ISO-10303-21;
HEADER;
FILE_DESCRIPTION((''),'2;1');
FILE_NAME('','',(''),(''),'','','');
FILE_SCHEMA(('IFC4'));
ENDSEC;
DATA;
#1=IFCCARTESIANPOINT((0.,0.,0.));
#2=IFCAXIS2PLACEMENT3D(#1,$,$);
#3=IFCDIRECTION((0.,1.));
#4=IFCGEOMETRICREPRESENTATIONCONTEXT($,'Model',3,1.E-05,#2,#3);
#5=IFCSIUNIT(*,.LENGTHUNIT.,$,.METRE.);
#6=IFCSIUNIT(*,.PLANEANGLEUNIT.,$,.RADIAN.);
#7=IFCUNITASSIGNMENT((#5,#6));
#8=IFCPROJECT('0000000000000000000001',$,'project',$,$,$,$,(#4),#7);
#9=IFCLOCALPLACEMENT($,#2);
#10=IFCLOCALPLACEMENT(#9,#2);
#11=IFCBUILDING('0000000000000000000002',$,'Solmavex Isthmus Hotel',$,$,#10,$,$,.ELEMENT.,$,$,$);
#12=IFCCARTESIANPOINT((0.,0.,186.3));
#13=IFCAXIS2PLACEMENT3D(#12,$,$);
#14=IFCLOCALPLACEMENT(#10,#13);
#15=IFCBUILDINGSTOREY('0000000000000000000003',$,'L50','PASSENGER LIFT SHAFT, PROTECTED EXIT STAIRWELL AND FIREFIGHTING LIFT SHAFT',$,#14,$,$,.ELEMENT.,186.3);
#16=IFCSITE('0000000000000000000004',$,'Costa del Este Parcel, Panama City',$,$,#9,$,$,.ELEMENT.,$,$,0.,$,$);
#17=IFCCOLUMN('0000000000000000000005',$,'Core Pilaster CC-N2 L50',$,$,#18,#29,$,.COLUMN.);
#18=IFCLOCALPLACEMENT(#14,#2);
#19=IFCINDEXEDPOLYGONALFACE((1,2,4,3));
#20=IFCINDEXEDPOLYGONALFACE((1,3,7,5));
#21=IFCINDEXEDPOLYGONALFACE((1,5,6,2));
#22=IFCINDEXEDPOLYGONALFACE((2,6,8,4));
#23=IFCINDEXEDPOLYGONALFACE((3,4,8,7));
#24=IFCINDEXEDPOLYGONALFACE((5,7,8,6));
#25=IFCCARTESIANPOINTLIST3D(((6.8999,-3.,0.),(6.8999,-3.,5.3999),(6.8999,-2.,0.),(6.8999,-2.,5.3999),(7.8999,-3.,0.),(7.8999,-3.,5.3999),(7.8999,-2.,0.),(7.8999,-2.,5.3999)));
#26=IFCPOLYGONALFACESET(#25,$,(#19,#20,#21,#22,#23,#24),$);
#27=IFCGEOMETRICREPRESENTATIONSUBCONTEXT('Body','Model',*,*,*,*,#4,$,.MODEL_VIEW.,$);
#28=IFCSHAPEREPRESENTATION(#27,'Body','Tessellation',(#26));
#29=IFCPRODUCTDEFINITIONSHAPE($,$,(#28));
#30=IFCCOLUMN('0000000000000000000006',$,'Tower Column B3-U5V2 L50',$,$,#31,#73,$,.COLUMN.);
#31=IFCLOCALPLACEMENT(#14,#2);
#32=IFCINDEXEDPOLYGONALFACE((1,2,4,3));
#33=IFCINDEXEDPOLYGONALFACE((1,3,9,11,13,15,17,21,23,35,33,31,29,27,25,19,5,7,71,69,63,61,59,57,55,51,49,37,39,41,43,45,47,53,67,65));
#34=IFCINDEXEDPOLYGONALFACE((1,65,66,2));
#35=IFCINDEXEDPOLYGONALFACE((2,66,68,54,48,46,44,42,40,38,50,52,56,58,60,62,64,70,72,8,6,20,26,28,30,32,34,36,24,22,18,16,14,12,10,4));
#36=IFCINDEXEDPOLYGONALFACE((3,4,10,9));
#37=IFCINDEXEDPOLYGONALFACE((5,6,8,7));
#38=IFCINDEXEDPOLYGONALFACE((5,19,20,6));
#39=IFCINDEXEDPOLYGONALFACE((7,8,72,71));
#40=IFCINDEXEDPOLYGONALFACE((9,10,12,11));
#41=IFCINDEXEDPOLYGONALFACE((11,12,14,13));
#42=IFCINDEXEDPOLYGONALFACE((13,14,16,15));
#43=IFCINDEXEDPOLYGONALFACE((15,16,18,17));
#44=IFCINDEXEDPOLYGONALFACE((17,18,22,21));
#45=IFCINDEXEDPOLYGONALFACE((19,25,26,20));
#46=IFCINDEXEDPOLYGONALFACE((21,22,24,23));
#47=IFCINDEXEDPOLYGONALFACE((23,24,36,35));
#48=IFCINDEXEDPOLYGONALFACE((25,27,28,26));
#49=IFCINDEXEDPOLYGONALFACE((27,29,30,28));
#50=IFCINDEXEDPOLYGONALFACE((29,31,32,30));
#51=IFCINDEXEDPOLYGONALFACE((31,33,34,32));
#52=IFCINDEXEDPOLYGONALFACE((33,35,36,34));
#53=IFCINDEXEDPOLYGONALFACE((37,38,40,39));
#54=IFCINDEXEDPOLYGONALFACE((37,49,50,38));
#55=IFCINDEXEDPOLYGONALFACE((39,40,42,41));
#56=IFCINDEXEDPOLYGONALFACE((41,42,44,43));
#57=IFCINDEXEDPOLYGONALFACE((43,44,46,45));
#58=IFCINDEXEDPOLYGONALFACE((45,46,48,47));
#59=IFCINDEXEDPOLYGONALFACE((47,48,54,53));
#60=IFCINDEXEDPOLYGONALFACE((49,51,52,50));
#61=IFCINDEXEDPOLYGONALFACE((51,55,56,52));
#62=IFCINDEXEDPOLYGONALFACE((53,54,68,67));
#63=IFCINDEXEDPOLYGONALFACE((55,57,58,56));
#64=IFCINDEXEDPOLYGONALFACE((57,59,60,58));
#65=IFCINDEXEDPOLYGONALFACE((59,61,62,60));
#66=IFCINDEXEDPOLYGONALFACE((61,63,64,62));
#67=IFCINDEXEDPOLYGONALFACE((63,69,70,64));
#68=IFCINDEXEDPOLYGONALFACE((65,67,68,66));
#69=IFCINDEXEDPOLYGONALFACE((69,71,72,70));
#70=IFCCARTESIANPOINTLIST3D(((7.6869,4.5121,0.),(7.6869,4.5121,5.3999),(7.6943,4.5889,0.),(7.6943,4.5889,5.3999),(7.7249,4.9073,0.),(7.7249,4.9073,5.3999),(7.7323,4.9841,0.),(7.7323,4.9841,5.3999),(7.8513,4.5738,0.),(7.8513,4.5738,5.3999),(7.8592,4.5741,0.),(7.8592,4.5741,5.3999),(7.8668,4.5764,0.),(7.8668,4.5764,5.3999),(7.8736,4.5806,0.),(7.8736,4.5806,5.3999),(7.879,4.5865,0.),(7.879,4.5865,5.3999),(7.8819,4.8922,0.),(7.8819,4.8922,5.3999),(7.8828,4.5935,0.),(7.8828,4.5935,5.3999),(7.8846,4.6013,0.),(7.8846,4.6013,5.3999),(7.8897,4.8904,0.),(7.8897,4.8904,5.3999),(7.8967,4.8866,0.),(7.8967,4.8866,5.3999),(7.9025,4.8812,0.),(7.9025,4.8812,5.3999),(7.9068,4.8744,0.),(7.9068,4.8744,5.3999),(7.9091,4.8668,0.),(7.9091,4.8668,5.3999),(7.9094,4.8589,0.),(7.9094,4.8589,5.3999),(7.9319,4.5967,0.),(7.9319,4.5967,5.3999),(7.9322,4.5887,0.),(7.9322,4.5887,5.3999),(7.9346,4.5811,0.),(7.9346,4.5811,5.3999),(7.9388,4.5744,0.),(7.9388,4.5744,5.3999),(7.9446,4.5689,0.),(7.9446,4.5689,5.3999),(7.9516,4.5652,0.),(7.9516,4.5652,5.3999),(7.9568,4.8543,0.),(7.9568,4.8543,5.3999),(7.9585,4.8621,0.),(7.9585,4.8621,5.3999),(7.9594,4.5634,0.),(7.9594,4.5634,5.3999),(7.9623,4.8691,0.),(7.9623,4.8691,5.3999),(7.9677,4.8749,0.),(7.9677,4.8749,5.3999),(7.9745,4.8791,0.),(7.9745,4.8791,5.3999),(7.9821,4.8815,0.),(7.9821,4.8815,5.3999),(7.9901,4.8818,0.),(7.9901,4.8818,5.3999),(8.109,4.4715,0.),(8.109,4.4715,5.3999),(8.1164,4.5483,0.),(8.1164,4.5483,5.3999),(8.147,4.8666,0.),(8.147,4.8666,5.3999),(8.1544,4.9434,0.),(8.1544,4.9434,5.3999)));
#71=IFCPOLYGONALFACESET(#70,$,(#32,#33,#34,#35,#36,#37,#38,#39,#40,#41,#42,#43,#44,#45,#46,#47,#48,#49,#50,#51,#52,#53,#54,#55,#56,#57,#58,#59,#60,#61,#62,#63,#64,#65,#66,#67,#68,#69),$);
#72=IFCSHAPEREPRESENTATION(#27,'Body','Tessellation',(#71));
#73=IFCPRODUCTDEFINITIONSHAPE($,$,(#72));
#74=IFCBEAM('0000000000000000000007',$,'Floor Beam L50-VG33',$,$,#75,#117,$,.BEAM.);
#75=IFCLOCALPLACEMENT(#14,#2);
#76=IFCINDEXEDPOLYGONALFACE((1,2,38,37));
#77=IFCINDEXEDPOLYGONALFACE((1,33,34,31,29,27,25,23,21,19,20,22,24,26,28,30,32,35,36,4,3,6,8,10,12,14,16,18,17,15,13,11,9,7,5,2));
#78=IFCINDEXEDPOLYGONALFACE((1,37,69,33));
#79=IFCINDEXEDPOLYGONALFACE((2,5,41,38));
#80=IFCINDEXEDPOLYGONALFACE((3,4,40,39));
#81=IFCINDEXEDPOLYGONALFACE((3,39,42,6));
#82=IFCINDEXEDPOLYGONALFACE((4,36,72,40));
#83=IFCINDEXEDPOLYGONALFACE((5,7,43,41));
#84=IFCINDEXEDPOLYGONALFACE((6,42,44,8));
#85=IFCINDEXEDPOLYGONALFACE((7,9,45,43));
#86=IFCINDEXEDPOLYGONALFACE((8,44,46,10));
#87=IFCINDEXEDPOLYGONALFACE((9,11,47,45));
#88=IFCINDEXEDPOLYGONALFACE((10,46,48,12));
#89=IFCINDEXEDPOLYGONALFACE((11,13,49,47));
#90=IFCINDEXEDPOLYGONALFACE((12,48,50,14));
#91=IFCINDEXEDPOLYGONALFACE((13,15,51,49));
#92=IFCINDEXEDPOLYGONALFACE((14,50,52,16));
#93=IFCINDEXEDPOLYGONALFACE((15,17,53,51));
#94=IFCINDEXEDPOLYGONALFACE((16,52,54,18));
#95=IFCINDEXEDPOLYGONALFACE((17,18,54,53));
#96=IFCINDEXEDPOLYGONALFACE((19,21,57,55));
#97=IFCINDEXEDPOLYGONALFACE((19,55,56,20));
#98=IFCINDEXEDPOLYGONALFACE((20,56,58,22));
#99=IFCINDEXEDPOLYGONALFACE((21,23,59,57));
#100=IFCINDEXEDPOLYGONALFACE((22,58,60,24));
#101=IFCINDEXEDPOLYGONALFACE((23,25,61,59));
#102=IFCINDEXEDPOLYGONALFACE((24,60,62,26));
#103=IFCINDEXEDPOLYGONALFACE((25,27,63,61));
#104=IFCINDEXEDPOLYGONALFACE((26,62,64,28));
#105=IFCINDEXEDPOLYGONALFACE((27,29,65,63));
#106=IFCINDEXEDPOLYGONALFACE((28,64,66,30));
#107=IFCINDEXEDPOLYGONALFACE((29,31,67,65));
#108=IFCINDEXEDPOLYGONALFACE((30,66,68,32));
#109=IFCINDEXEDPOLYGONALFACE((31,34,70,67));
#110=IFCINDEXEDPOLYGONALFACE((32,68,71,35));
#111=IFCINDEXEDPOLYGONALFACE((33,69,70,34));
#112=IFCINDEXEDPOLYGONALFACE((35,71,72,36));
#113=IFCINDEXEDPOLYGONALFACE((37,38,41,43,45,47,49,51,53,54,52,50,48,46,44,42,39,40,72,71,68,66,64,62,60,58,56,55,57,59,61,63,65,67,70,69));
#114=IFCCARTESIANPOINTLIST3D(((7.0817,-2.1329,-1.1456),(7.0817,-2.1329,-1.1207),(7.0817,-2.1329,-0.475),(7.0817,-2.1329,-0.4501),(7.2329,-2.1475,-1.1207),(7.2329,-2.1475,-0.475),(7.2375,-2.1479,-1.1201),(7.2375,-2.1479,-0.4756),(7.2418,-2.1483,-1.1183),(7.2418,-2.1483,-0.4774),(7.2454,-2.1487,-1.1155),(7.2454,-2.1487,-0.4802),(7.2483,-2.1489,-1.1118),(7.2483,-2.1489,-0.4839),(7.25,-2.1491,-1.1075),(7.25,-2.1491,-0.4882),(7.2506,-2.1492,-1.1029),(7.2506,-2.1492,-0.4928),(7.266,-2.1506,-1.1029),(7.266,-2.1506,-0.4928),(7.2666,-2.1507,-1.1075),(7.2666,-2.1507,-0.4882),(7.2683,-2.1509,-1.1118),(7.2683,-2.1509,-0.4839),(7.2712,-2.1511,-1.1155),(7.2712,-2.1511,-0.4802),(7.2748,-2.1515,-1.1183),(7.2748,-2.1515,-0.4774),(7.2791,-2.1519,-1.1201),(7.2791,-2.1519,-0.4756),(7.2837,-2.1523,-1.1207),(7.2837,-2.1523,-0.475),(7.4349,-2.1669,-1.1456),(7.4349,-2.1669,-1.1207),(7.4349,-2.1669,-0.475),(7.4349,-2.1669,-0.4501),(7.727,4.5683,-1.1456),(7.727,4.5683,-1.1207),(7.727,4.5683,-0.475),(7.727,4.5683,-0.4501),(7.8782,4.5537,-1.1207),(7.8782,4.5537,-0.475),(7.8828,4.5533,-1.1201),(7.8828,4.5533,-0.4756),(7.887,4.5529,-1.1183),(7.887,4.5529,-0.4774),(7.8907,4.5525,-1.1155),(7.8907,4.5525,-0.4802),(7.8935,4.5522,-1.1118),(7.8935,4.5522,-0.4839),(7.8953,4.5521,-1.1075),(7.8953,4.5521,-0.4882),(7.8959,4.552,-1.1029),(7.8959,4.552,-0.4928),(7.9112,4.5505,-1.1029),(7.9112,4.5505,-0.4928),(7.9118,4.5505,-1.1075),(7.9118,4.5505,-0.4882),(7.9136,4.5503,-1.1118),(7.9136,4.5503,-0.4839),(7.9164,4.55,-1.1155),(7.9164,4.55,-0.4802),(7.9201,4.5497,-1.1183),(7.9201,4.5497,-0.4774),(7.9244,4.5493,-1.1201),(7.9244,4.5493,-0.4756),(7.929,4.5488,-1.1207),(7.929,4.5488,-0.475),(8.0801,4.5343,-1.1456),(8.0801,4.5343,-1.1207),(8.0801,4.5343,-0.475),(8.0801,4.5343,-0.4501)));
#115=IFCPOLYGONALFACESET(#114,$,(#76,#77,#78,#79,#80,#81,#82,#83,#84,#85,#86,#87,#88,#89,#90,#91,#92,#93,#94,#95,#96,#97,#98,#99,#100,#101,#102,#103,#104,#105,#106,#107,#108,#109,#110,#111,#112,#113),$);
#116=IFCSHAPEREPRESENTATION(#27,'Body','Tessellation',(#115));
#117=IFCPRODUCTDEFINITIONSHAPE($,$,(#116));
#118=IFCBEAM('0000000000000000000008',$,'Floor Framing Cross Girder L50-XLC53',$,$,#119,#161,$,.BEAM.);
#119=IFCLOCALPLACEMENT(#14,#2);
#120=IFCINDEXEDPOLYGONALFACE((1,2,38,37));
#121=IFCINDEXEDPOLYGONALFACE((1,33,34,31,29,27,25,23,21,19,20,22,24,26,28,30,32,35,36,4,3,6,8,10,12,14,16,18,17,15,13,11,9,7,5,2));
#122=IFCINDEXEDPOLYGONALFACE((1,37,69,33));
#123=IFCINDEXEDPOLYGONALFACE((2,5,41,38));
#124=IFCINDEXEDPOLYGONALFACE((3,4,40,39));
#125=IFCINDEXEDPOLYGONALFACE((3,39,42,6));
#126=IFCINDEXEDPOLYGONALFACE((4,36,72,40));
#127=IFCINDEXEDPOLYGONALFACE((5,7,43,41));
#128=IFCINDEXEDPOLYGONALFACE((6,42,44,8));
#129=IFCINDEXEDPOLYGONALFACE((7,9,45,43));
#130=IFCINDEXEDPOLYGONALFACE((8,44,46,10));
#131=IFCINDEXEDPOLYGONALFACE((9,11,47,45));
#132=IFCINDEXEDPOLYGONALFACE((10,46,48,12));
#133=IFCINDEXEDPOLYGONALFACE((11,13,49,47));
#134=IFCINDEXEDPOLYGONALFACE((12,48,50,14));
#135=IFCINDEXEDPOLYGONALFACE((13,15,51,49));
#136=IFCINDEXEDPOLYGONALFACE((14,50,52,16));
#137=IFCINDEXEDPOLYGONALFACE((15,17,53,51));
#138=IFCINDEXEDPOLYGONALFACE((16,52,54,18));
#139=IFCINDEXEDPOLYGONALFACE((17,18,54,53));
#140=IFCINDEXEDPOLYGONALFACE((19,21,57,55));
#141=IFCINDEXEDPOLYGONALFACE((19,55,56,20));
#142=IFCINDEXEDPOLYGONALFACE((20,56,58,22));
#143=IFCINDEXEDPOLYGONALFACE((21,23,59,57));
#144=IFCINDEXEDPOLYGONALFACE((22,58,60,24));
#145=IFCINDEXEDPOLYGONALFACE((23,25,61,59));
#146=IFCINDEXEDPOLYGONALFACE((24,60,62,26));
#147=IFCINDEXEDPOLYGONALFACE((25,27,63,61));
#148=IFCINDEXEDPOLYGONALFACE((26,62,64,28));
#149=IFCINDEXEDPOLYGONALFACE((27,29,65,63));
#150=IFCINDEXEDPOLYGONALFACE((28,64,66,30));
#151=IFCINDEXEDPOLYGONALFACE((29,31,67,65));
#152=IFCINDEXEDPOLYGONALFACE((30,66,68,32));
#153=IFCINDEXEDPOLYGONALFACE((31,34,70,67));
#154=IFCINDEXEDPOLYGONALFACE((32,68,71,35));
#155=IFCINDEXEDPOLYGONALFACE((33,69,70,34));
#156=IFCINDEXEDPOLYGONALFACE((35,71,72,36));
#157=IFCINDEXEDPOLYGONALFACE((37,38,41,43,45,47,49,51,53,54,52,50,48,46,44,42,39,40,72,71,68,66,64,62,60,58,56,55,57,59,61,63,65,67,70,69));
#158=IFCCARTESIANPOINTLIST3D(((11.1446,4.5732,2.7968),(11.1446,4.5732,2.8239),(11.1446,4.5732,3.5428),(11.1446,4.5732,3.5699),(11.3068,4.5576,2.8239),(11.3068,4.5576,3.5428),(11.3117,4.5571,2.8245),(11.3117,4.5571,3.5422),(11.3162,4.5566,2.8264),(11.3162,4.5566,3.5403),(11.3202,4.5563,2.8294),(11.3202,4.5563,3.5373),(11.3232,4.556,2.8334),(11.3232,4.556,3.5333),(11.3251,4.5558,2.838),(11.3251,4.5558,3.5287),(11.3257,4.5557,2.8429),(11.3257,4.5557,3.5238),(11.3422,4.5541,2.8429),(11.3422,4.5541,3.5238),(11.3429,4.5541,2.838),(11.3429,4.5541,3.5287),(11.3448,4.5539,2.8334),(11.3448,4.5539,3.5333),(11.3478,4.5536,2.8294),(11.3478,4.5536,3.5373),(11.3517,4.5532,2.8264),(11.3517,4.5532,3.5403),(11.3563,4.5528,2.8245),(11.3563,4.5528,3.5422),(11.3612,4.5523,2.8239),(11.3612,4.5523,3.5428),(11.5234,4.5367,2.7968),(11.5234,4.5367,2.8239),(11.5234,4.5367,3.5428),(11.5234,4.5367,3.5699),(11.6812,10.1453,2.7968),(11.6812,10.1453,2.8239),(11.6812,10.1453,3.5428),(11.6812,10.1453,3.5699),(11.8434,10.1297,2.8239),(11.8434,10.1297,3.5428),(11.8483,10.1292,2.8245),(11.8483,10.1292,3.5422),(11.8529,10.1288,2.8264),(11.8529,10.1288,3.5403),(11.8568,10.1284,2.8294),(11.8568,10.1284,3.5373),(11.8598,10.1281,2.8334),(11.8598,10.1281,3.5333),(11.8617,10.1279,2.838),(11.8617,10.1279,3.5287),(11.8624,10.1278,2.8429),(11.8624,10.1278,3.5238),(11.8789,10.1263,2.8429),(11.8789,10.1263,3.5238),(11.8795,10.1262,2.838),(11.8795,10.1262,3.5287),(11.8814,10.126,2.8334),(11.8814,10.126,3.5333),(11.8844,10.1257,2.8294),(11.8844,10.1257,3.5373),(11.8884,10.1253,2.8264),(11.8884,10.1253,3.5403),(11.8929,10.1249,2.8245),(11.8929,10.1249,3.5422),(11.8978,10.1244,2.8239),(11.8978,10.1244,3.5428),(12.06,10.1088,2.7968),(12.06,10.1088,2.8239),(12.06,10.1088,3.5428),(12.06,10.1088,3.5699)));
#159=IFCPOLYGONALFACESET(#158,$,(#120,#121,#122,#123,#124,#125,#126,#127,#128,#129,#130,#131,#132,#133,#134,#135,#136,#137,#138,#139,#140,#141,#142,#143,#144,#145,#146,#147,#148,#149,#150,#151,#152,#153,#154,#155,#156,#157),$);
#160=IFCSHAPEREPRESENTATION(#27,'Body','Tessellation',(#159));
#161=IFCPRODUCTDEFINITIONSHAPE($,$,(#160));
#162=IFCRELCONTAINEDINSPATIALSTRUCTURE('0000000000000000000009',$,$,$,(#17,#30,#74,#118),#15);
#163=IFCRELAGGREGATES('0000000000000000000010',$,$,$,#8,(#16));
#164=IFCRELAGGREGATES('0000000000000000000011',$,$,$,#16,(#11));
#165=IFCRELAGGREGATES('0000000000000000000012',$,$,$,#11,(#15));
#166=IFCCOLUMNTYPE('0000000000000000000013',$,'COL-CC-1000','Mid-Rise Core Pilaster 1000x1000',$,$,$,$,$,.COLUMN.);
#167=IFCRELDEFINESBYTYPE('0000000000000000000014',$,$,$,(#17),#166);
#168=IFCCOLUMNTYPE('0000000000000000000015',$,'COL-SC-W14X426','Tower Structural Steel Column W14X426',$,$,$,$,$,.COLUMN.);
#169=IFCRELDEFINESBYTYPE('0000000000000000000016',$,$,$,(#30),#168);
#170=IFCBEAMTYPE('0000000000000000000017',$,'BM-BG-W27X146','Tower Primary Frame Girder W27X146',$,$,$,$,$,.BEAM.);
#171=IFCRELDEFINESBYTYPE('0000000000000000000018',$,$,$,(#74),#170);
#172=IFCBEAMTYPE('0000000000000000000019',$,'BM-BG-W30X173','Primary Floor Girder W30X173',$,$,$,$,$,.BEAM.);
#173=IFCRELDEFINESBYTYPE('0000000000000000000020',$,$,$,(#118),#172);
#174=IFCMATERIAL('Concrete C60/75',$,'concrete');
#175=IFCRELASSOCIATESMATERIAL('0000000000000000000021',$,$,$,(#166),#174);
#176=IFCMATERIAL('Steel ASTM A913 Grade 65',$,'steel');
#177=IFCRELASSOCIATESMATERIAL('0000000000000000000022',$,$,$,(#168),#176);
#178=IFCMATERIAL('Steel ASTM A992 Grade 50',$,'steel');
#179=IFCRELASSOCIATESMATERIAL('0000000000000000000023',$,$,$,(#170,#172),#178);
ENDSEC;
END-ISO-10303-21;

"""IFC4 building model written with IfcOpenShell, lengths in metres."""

from ifc_helpers import new_model, si_unit, direction, frame, origin, origin_2d, place, context, subcontext, project, spatial, rectangle, i_section, extrude, material, material_profile, profile_set, type_object, element, save


model = new_model("IFC4")

# Units and contexts
model_context = context("Model", 3, precision=1e-05, world=origin(), true_north=direction((0.0, 1.0)))
body_context = subcontext(model_context, "Body", "Model", "MODEL_VIEW")
ifc_project = project(units=[si_unit("LENGTHUNIT", "METRE"), si_unit("PLANEANGLEUNIT", "RADIAN")], contexts=[model_context])

# Site, building, storey
site_placement = place(None, origin())
site = spatial("IfcSite", under=ifc_project, at=site_placement, Name="Costa del Este Parcel, Panama City", CompositionType="ELEMENT", RefElevation=0.0)
building_placement = place(site_placement, origin())
building = spatial("IfcBuilding", under=site, at=building_placement, Name="Solmavex Isthmus Hotel", CompositionType="ELEMENT")
storey_placement = place(building_placement, frame((0.0, 0.0, 186.3)))
storey = spatial("IfcBuildingStorey", under=building, at=storey_placement, Name="L50", Description="PASSENGER LIFT SHAFT, PROTECTED EXIT STAIRWELL AND FIREFIGHTING LIFT SHAFT", CompositionType="ELEMENT", Elevation=186.3)

# Columns
ifc_material_1 = material(Name="Concrete C60/75", Category="concrete")
ifc_material_profile_1 = material_profile(ifc_material_1, rectangle(XDim=1.0, YDim=1.0, at=origin_2d()), Name="RC1000X1000")
ifc_profile_set_1 = profile_set([ifc_material_profile_1], Name="Concrete C60/75")
column_type_1 = type_object("IfcColumnType", Name="COL-CC-1000", Description="Mid-Rise Core Pilaster 1000x1000", PredefinedType="COLUMN", material=ifc_profile_set_1)
column_1_placement = place(storey_placement, frame((7.3999, -2.5, 0.0), z_axis=(0.0, 0.0, 1.0), x_axis=(1.0, 0.0, 0.0)))
element("IfcColumn", 1, at=column_1_placement, inside=storey, type_object=column_type_1, Name="Core Pilaster CC-N2 L50", PredefinedType="COLUMN", context=body_context, shape_type="SweptSolid", body=[
    extrude(rectangle(XDim=1.0, YDim=1.0, at=origin_2d()), origin(), (0.0, 0.0, 1.0), 5.3999),
])
ifc_material_2 = material(Name="Steel ASTM A913 Grade 65", Category="steel")
ifc_material_profile_2 = material_profile(ifc_material_2, i_section(OverallWidth=0.4241, OverallDepth=0.4741, WebThickness=0.0476, FlangeThickness=0.0771, FilletRadius=0.0305, at=origin_2d()), Name="W14X426")
ifc_profile_set_2 = profile_set([ifc_material_profile_2], Name="Steel ASTM A913 Grade 65")
column_type_2 = type_object("IfcColumnType", Name="COL-SC-W14X426", Description="Tower Structural Steel Column W14X426", PredefinedType="COLUMN", material=ifc_profile_set_2)
column_2_placement = place(storey_placement, frame((7.9207, 4.7278, 0.0), z_axis=(0.0, 0.0, 1.0), x_axis=(0.995396, -0.095846, 0.0)))
element("IfcColumn", 2, at=column_2_placement, inside=storey, type_object=column_type_2, Name="Tower Column B3-U5V2 L50", PredefinedType="COLUMN", context=body_context, shape_type="SweptSolid", body=[
    extrude(i_section(OverallWidth=0.4241, OverallDepth=0.4741, WebThickness=0.0476, FlangeThickness=0.0771, FilletRadius=0.0305, at=origin_2d()), origin(), (0.0, 0.0, 1.0), 5.3999),
])

# Beams
ifc_material_3 = material(Name="Steel ASTM A992 Grade 50", Category="steel")
ifc_material_profile_3 = material_profile(ifc_material_3, i_section(OverallWidth=0.3547, OverallDepth=0.6956, WebThickness=0.0154, FlangeThickness=0.0249, FilletRadius=0.0178, at=origin_2d()), Name="W27X146")
ifc_profile_set_3 = profile_set([ifc_material_profile_3], Name="Steel ASTM A992 Grade 50")
beam_type_1 = type_object("IfcBeamType", Name="BM-BG-W27X146", Description="Tower Primary Frame Girder W27X146", PredefinedType="BEAM", material=ifc_profile_set_3)
beam_1_placement = place(storey_placement, frame((7.2583, -2.1499, -0.7979), z_axis=(0.095848, 0.995396, 0.0), x_axis=(-0.995396, 0.095848, 0.0)))
element("IfcBeam", 3, at=beam_1_placement, inside=storey, type_object=beam_type_1, Name="Floor Beam L50-VG33", PredefinedType="BEAM", context=body_context, shape_type="SweptSolid", body=[
    extrude(i_section(OverallWidth=0.3547, OverallDepth=0.6956, WebThickness=0.0154, FlangeThickness=0.0249, FilletRadius=0.0178, at=origin_2d()), origin(), (0.0, 0.0, 1.0), 6.7322),
])
ifc_material_profile_4 = material_profile(ifc_material_3, i_section(OverallWidth=0.3806, OverallDepth=0.7732, WebThickness=0.0166, FlangeThickness=0.0271, FilletRadius=0.019, at=origin_2d()), Name="W30X173")
ifc_profile_set_4 = profile_set([ifc_material_profile_4], Name="Steel ASTM A992 Grade 50")
beam_type_2 = type_object("IfcBeamType", Name="BM-BG-W30X173", Description="Primary Floor Girder W30X173", PredefinedType="BEAM", material=ifc_profile_set_4)
beam_2_placement = place(storey_placement, frame((11.334, 4.5549, 3.1833), z_axis=(0.095863, 0.995395, 0.0), x_axis=(-0.995395, 0.095863, 0.0)))
element("IfcBeam", 4, at=beam_2_placement, inside=storey, type_object=beam_type_2, Name="Floor Framing Cross Girder L50-XLC53", PredefinedType="BEAM", context=body_context, shape_type="SweptSolid", body=[
    extrude(i_section(OverallWidth=0.3806, OverallDepth=0.7732, WebThickness=0.0166, FlangeThickness=0.0271, FilletRadius=0.019, at=origin_2d()), origin(), (0.0, 0.0, 1.0), 5.5979),
])

save(model, "model.ifc")
